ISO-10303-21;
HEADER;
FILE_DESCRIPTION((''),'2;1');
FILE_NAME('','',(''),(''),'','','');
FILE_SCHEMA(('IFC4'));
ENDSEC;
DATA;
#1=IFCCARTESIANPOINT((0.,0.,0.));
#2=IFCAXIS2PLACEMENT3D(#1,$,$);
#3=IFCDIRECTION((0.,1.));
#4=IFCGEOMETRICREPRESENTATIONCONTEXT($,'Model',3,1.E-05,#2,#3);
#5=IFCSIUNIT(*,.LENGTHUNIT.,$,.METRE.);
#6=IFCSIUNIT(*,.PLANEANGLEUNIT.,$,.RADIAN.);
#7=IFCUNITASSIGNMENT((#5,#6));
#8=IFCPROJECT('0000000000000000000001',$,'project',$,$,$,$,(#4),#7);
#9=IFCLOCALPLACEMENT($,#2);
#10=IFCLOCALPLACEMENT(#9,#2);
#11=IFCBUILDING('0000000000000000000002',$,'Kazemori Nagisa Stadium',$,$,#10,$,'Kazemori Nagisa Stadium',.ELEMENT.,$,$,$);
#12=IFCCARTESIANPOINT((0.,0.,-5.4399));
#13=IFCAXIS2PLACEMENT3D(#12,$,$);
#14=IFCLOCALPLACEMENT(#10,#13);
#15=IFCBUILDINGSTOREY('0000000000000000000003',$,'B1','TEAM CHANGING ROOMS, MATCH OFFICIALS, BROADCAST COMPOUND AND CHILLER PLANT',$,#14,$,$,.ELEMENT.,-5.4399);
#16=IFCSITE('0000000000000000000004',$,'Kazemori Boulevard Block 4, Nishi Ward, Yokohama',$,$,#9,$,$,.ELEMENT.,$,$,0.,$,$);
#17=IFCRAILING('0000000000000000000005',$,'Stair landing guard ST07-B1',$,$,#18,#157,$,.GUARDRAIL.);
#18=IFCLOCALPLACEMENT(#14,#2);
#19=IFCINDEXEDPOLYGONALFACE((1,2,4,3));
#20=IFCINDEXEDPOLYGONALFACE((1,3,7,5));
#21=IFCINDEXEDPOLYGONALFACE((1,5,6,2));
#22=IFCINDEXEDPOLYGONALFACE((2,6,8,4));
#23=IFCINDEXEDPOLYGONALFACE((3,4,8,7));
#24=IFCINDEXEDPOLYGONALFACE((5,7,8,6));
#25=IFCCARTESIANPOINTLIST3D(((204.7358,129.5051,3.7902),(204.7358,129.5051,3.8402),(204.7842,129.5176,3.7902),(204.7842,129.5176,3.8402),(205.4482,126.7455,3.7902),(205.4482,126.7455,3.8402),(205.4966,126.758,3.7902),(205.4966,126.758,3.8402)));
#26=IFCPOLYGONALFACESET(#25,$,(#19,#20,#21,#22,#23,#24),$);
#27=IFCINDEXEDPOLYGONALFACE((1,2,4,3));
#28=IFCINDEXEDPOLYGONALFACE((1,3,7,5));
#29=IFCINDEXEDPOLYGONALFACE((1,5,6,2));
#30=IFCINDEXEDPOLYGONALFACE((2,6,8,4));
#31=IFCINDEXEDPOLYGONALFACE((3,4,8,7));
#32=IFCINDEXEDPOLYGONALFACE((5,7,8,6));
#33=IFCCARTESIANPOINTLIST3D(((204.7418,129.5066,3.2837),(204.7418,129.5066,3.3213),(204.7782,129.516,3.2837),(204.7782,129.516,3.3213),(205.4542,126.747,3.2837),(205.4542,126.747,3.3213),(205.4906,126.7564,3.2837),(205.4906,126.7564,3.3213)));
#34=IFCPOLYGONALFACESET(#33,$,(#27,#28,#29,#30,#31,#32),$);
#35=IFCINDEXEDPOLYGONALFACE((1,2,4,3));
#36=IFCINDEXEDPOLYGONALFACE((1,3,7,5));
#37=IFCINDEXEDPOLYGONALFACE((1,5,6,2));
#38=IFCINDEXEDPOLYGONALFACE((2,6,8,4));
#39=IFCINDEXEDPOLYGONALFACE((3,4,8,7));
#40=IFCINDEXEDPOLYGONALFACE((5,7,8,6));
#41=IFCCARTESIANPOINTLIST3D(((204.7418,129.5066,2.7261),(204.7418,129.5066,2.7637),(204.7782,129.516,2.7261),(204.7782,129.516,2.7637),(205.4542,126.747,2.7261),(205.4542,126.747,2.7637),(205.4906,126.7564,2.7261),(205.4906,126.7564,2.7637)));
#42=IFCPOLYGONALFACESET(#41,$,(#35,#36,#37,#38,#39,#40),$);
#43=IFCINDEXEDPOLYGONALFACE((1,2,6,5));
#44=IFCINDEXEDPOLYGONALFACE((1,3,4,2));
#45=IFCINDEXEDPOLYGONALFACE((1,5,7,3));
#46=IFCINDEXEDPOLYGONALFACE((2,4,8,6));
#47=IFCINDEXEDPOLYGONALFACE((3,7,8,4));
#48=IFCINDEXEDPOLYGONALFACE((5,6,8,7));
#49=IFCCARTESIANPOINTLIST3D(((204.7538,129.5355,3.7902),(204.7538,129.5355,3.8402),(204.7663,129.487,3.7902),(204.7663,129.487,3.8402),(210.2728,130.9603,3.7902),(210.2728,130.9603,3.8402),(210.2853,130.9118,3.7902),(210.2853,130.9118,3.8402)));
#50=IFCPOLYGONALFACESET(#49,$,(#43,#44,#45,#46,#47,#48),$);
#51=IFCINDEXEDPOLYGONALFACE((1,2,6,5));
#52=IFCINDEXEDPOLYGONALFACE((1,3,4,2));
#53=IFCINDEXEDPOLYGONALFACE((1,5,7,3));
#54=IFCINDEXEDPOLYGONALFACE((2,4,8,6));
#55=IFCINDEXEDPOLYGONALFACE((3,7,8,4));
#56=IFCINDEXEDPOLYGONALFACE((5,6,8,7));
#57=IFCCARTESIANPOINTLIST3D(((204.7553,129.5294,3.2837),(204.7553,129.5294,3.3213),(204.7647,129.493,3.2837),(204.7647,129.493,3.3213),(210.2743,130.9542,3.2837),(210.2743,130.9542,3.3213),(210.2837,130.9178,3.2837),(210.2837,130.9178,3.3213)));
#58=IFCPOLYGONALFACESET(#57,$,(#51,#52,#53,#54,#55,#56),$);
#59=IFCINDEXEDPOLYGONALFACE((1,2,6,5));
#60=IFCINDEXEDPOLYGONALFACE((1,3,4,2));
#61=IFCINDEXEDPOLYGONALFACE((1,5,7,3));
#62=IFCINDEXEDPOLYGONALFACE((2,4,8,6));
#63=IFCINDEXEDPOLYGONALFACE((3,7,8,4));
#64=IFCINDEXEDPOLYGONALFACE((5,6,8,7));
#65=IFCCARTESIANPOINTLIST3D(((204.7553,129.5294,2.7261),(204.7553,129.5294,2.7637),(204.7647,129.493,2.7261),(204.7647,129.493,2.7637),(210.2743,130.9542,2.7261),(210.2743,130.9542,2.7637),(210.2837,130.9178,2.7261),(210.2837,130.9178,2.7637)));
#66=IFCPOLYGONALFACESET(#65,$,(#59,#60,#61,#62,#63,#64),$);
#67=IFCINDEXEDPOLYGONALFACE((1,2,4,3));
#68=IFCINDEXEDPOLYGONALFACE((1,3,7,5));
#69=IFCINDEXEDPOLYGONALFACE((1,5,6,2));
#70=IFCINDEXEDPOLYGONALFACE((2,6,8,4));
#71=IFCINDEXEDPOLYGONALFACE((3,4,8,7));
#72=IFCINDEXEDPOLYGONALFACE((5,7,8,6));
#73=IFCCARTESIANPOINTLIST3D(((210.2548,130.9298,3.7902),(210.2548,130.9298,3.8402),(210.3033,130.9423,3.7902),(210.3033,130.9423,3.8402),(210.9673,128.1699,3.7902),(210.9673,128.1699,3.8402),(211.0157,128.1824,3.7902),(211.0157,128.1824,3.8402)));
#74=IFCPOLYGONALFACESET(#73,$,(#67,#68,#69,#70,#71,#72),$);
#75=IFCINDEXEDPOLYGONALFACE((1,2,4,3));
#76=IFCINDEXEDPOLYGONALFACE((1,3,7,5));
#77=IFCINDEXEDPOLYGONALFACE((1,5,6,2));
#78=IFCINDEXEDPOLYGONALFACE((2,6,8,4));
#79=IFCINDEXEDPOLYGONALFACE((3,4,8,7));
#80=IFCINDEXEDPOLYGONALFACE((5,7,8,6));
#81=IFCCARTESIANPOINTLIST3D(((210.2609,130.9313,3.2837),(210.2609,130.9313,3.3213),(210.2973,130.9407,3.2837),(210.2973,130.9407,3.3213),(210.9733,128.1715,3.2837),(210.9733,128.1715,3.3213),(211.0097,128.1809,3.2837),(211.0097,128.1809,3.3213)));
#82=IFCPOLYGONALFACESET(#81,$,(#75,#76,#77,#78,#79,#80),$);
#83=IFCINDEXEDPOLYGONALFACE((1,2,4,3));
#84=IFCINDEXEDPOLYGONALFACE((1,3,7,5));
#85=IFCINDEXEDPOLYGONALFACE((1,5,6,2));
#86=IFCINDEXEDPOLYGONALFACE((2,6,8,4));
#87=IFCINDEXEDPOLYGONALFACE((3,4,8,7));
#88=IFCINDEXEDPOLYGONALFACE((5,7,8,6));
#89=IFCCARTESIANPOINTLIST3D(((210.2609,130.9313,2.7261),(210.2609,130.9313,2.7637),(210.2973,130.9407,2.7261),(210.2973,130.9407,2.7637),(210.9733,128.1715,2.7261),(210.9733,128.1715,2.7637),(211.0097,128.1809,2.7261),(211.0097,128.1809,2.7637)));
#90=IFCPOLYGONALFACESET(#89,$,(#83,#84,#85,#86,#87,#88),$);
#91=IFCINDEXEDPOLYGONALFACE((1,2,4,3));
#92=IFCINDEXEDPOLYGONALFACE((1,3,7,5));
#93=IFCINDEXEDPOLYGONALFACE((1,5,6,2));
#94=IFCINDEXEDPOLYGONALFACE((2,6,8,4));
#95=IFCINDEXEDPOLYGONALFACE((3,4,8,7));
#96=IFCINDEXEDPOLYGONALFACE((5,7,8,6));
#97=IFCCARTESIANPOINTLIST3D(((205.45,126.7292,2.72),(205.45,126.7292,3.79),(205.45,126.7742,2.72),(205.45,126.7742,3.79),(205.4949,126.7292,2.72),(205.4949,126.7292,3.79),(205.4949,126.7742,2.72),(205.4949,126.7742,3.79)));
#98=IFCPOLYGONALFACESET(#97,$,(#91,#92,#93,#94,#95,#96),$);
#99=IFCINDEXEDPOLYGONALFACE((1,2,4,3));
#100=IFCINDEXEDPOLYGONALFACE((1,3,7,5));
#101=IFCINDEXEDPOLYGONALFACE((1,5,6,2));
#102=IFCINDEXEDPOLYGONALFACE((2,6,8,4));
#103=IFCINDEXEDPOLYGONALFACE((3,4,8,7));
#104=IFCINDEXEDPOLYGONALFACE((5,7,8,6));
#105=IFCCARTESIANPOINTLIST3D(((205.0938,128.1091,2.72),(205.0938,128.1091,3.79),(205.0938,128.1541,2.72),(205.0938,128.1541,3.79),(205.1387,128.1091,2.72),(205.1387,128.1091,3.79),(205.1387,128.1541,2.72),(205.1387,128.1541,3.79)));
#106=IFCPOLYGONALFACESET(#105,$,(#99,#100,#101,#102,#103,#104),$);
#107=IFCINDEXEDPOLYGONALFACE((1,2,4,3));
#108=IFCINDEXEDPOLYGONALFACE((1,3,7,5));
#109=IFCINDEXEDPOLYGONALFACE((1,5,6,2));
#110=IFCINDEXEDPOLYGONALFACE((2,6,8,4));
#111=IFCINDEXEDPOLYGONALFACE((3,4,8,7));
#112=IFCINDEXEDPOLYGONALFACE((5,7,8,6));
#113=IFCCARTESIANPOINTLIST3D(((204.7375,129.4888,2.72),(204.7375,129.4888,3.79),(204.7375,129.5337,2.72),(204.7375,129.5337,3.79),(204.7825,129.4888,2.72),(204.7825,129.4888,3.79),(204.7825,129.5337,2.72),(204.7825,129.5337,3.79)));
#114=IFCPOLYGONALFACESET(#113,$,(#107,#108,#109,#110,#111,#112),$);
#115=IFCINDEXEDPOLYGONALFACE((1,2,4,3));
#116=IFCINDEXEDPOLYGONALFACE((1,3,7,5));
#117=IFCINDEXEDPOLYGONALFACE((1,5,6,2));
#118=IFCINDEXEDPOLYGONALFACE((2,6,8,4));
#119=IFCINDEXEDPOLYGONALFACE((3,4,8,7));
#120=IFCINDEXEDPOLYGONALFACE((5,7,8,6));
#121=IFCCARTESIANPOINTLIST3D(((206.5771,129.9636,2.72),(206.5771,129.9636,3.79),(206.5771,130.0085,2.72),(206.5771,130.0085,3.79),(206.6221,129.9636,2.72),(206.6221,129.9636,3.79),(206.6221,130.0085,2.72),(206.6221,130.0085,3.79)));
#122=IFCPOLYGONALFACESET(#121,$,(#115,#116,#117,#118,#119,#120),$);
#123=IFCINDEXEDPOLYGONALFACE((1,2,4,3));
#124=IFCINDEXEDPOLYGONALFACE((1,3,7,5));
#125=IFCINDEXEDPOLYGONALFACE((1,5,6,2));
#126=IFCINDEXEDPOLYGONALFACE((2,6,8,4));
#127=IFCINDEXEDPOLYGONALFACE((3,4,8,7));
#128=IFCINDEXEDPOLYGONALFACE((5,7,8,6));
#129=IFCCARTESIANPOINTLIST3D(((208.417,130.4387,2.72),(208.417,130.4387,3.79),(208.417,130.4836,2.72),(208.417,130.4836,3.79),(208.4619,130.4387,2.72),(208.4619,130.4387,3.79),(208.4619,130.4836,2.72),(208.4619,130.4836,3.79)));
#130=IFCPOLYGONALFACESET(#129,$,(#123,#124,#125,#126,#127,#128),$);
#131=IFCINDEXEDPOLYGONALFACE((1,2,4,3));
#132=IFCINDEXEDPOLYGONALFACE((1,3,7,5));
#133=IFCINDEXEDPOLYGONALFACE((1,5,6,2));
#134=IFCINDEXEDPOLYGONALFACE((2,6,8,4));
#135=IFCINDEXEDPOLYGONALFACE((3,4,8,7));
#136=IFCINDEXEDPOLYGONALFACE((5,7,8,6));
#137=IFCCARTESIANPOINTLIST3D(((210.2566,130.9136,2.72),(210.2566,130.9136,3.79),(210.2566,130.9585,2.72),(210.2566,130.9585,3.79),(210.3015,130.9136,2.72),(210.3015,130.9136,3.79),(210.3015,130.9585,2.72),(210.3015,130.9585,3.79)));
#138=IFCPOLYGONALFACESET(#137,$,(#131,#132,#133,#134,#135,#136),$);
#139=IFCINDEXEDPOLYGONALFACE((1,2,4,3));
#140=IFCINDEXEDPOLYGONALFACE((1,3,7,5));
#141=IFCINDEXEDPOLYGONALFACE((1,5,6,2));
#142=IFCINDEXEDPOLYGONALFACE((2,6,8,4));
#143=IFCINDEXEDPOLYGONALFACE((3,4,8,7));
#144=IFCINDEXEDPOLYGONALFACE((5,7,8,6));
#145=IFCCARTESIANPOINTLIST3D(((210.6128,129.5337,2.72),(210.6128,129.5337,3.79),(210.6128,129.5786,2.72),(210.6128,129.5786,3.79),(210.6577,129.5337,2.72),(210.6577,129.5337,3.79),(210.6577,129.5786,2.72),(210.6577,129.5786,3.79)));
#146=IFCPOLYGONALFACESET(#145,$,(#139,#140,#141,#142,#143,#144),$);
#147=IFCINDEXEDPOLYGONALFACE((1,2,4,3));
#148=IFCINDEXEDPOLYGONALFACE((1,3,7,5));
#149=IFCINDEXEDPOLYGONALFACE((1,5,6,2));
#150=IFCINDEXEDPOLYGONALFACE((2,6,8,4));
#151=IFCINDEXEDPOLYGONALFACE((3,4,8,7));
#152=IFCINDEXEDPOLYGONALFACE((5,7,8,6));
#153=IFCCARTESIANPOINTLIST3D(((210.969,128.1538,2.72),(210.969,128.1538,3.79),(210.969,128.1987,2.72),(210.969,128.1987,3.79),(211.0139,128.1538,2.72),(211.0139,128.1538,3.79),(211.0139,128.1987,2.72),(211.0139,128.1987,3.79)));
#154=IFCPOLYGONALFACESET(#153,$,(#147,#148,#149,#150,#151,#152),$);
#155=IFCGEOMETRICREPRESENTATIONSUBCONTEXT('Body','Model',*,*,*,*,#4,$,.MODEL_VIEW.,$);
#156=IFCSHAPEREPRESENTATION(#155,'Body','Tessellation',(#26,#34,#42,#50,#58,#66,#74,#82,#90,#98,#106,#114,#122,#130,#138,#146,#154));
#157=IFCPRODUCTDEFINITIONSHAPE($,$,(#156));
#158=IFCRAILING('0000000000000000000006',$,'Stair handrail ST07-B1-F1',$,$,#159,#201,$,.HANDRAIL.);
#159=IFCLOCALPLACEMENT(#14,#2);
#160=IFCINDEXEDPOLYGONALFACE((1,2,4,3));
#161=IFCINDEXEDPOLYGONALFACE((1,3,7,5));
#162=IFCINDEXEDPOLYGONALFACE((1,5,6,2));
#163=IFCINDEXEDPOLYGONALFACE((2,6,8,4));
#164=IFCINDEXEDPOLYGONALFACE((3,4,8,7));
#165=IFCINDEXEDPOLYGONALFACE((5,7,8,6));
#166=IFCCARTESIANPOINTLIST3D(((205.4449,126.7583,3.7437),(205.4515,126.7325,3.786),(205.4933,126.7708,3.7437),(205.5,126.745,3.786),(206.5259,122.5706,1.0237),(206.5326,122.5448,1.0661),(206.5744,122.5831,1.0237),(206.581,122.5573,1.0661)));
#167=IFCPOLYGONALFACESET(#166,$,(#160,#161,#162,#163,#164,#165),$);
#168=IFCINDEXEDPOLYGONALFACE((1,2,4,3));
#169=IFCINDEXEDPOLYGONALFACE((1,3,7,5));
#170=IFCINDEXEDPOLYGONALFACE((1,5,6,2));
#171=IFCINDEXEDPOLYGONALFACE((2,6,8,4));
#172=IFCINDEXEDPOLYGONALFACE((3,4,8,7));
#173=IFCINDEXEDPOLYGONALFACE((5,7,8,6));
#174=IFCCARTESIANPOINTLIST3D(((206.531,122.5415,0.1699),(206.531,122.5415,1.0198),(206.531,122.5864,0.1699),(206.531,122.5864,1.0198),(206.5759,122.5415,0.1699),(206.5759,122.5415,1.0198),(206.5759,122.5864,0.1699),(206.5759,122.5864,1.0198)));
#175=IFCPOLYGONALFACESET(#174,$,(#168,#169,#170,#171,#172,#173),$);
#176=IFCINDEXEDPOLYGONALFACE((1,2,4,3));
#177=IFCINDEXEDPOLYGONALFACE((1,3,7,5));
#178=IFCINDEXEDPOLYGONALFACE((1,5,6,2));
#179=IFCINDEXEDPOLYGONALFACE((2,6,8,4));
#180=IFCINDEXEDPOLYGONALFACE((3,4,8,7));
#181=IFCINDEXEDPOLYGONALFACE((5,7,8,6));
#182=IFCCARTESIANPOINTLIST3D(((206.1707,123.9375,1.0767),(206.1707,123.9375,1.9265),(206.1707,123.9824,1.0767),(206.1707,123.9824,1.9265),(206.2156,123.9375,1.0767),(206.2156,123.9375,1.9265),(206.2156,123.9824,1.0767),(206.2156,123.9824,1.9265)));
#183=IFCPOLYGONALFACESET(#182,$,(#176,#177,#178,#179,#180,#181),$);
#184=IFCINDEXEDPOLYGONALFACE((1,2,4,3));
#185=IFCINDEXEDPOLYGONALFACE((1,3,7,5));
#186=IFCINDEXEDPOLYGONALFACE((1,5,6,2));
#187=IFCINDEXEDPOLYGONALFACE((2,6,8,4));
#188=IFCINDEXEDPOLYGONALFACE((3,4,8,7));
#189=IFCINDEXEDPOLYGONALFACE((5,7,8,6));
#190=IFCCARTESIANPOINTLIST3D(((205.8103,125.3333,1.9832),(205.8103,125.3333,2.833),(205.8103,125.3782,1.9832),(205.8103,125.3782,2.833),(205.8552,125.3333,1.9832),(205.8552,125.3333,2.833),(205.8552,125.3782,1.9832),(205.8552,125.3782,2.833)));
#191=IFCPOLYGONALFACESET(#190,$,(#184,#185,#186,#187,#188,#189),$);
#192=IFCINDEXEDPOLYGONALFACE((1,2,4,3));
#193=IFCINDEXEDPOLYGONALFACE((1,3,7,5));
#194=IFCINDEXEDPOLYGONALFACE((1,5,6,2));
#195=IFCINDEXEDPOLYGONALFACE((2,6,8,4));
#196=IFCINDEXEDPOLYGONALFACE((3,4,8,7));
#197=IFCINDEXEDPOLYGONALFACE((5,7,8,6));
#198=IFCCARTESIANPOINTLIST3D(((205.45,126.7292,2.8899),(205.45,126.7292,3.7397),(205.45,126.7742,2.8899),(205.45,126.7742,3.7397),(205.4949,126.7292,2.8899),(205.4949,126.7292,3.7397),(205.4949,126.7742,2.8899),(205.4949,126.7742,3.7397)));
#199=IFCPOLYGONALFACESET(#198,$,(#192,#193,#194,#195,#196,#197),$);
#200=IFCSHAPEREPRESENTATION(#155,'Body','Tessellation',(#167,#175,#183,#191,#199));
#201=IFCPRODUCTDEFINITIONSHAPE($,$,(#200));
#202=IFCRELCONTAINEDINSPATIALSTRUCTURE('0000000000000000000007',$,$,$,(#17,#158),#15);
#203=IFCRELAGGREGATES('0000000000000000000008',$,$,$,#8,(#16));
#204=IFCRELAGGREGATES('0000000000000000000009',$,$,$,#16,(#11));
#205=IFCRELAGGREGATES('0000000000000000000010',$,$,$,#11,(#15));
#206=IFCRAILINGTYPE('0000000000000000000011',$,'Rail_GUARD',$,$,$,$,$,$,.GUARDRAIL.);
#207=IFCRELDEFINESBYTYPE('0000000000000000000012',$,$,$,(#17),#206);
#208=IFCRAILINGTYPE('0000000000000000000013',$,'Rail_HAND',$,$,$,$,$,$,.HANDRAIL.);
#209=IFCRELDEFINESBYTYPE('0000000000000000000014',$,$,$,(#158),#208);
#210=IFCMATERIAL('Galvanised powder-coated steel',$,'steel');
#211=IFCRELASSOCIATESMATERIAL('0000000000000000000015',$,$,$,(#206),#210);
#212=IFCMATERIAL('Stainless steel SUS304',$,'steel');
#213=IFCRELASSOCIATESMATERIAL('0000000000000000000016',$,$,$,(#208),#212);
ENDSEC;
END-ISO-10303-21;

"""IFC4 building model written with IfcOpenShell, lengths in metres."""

from ifc_helpers import new_model, si_unit, direction, frame, origin, origin_2d, place, context, subcontext, project, spatial, rectangle, extrude, material, type_object, element, save


model = new_model("IFC4")

# Units and contexts
model_context = context("Model", 3, precision=1e-05, world=origin(), true_north=direction((0.0, 1.0)))
body_context = subcontext(model_context, "Body", "Model", "MODEL_VIEW")
ifc_project = project(units=[si_unit("LENGTHUNIT", "METRE"), si_unit("PLANEANGLEUNIT", "RADIAN")], contexts=[model_context])

# Site, building, storey
site_placement = place(None, origin())
site = spatial("IfcSite", under=ifc_project, at=site_placement, Name="Kazemori Boulevard Block 4, Nishi Ward, Yokohama", CompositionType="ELEMENT", RefElevation=0.0)
building_placement = place(site_placement, origin())
building = spatial("IfcBuilding", under=site, at=building_placement, Name="Kazemori Nagisa Stadium", LongName="Kazemori Nagisa Stadium", CompositionType="ELEMENT")
storey_placement = place(building_placement, frame((0.0, 0.0, -5.4399)))
storey = spatial("IfcBuildingStorey", under=building, at=storey_placement, Name="B1", Description="TEAM CHANGING ROOMS, MATCH OFFICIALS, BROADCAST COMPOUND AND CHILLER PLANT", CompositionType="ELEMENT", Elevation=-5.4399)

# Shared definitions
ifc_material_1 = material(Name="Stainless steel SUS304", Category="steel")

# Railings
ifc_material_2 = material(Name="Galvanised powder-coated steel", Category="steel")
railing_type_1 = type_object("IfcRailingType", Name="Rail_GUARD", PredefinedType="GUARDRAIL", material=ifc_material_2)
railing_1_placement = place(storey_placement, frame((205.4724, 126.7517, 2.72)))
element("IfcRailing", 1, at=railing_1_placement, inside=storey, type_object=railing_type_1, Name="Stair landing guard ST07-B1", PredefinedType="GUARDRAIL", context=body_context, shape_type="SweptSolid", body=[
    extrude(rectangle(XDim=0.05, YDim=0.05, at=origin_2d()), frame((0.0, 0.0, 1.0952), z_axis=(-0.249966, 0.968255, 0.0), x_axis=(-0.968255, -0.249966, 0.0)), (0.0, 0.0, 1.0), 2.8501),
    extrude(rectangle(XDim=0.0376, YDim=0.0376, at=origin_2d()), frame((0.0, 0.0, 0.5825), z_axis=(-0.249966, 0.968255, 0.0), x_axis=(-0.968255, -0.249966, 0.0)), (0.0, 0.0, 1.0), 2.8501),
    extrude(rectangle(XDim=0.0376, YDim=0.0376, at=origin_2d()), frame((0.0, 0.0, 0.0249), z_axis=(-0.249966, 0.968255, 0.0), x_axis=(-0.968255, -0.249966, 0.0)), (0.0, 0.0, 1.0), 2.8501),
    extrude(rectangle(XDim=0.05, YDim=0.05, at=origin_2d()), frame((-0.7124, 2.7595, 1.0952), z_axis=(0.968255, 0.249966, 0.0), x_axis=(-0.249966, 0.968255, 0.0)), (0.0, 0.0, 1.0), 5.7),
    extrude(rectangle(XDim=0.0376, YDim=0.0376, at=origin_2d()), frame((-0.7124, 2.7595, 0.5825), z_axis=(0.968255, 0.249966, 0.0), x_axis=(-0.249966, 0.968255, 0.0)), (0.0, 0.0, 1.0), 5.7),
    extrude(rectangle(XDim=0.0376, YDim=0.0376, at=origin_2d()), frame((-0.7124, 2.7595, 0.0249), z_axis=(0.968255, 0.249966, 0.0), x_axis=(-0.249966, 0.968255, 0.0)), (0.0, 0.0, 1.0), 5.7),
    extrude(rectangle(XDim=0.05, YDim=0.05, at=origin_2d()), frame((4.8066, 4.1843, 1.0952), z_axis=(0.249945, -0.96826, 0.0), x_axis=(0.96826, 0.249945, 0.0)), (0.0, 0.0, 1.0), 2.8503),
    extrude(rectangle(XDim=0.0376, YDim=0.0376, at=origin_2d()), frame((4.8066, 4.1843, 0.5825), z_axis=(0.249945, -0.96826, 0.0), x_axis=(0.96826, 0.249945, 0.0)), (0.0, 0.0, 1.0), 2.8503),
    extrude(rectangle(XDim=0.0376, YDim=0.0376, at=origin_2d()), frame((4.8066, 4.1843, 0.0249), z_axis=(0.249945, -0.96826, 0.0), x_axis=(0.96826, 0.249945, 0.0)), (0.0, 0.0, 1.0), 2.8503),
    extrude(rectangle(XDim=0.0449, YDim=0.0449, at=origin_2d()), origin(), (0.0, 0.0, 1.0), 1.0701),
    extrude(rectangle(XDim=0.0449, YDim=0.0449, at=origin_2d()), frame((-0.3562, 1.3799, 0.0)), (0.0, 0.0, 1.0), 1.0701),
    extrude(rectangle(XDim=0.0449, YDim=0.0449, at=origin_2d()), frame((-0.7124, 2.7595, 0.0)), (0.0, 0.0, 1.0), 1.0701),
    extrude(rectangle(XDim=0.0449, YDim=0.0449, at=origin_2d()), frame((1.1272, 3.2344, 0.0)), (0.0, 0.0, 1.0), 1.0701),
    extrude(rectangle(XDim=0.0449, YDim=0.0449, at=origin_2d()), frame((2.967, 3.7095, 0.0)), (0.0, 0.0, 1.0), 1.0701),
    extrude(rectangle(XDim=0.0449, YDim=0.0449, at=origin_2d()), frame((4.8066, 4.1843, 0.0)), (0.0, 0.0, 1.0), 1.0701),
    extrude(rectangle(XDim=0.0449, YDim=0.0449, at=origin_2d()), frame((5.1628, 2.8044, 0.0)), (0.0, 0.0, 1.0), 1.0701),
    extrude(rectangle(XDim=0.0449, YDim=0.0449, at=origin_2d()), frame((5.519, 1.4246, 0.0)), (0.0, 0.0, 1.0), 1.0701),
])
railing_type_2 = type_object("IfcRailingType", Name="Rail_HAND", PredefinedType="HANDRAIL", material=ifc_material_1)
railing_2_placement = place(storey_placement, frame((206.5535, 122.564, 0.1699)))
element("IfcRailing", 2, at=railing_2_placement, inside=storey, type_object=railing_type_2, Name="Stair handrail ST07-B1-F1", PredefinedType="HANDRAIL", context=body_context, shape_type="SweptSolid", body=[
    extrude(rectangle(XDim=0.05, YDim=0.05, at=origin_2d()), frame((0.0, 0.0, 0.875), z_axis=(-0.211589, 0.819645, 0.532365), x_axis=(-0.968258, -0.249953, 0.0)), (0.0, 0.0, 1.0), 5.1091),
    extrude(rectangle(XDim=0.0449, YDim=0.0449, at=origin_2d()), origin(), (0.0, 0.0, 1.0), 0.8499),
    extrude(rectangle(XDim=0.0449, YDim=0.0449, at=origin_2d()), frame((-0.3604, 1.396, 0.9067)), (0.0, 0.0, 1.0), 0.8499),
    extrude(rectangle(XDim=0.0449, YDim=0.0449, at=origin_2d()), frame((-0.7207, 2.7917, 1.8132)), (0.0, 0.0, 1.0), 0.8499),
    extrude(rectangle(XDim=0.0449, YDim=0.0449, at=origin_2d()), frame((-1.0811, 4.1877, 2.72)), (0.0, 0.0, 1.0), 0.8499),
])

save(model, "model.ifc")
